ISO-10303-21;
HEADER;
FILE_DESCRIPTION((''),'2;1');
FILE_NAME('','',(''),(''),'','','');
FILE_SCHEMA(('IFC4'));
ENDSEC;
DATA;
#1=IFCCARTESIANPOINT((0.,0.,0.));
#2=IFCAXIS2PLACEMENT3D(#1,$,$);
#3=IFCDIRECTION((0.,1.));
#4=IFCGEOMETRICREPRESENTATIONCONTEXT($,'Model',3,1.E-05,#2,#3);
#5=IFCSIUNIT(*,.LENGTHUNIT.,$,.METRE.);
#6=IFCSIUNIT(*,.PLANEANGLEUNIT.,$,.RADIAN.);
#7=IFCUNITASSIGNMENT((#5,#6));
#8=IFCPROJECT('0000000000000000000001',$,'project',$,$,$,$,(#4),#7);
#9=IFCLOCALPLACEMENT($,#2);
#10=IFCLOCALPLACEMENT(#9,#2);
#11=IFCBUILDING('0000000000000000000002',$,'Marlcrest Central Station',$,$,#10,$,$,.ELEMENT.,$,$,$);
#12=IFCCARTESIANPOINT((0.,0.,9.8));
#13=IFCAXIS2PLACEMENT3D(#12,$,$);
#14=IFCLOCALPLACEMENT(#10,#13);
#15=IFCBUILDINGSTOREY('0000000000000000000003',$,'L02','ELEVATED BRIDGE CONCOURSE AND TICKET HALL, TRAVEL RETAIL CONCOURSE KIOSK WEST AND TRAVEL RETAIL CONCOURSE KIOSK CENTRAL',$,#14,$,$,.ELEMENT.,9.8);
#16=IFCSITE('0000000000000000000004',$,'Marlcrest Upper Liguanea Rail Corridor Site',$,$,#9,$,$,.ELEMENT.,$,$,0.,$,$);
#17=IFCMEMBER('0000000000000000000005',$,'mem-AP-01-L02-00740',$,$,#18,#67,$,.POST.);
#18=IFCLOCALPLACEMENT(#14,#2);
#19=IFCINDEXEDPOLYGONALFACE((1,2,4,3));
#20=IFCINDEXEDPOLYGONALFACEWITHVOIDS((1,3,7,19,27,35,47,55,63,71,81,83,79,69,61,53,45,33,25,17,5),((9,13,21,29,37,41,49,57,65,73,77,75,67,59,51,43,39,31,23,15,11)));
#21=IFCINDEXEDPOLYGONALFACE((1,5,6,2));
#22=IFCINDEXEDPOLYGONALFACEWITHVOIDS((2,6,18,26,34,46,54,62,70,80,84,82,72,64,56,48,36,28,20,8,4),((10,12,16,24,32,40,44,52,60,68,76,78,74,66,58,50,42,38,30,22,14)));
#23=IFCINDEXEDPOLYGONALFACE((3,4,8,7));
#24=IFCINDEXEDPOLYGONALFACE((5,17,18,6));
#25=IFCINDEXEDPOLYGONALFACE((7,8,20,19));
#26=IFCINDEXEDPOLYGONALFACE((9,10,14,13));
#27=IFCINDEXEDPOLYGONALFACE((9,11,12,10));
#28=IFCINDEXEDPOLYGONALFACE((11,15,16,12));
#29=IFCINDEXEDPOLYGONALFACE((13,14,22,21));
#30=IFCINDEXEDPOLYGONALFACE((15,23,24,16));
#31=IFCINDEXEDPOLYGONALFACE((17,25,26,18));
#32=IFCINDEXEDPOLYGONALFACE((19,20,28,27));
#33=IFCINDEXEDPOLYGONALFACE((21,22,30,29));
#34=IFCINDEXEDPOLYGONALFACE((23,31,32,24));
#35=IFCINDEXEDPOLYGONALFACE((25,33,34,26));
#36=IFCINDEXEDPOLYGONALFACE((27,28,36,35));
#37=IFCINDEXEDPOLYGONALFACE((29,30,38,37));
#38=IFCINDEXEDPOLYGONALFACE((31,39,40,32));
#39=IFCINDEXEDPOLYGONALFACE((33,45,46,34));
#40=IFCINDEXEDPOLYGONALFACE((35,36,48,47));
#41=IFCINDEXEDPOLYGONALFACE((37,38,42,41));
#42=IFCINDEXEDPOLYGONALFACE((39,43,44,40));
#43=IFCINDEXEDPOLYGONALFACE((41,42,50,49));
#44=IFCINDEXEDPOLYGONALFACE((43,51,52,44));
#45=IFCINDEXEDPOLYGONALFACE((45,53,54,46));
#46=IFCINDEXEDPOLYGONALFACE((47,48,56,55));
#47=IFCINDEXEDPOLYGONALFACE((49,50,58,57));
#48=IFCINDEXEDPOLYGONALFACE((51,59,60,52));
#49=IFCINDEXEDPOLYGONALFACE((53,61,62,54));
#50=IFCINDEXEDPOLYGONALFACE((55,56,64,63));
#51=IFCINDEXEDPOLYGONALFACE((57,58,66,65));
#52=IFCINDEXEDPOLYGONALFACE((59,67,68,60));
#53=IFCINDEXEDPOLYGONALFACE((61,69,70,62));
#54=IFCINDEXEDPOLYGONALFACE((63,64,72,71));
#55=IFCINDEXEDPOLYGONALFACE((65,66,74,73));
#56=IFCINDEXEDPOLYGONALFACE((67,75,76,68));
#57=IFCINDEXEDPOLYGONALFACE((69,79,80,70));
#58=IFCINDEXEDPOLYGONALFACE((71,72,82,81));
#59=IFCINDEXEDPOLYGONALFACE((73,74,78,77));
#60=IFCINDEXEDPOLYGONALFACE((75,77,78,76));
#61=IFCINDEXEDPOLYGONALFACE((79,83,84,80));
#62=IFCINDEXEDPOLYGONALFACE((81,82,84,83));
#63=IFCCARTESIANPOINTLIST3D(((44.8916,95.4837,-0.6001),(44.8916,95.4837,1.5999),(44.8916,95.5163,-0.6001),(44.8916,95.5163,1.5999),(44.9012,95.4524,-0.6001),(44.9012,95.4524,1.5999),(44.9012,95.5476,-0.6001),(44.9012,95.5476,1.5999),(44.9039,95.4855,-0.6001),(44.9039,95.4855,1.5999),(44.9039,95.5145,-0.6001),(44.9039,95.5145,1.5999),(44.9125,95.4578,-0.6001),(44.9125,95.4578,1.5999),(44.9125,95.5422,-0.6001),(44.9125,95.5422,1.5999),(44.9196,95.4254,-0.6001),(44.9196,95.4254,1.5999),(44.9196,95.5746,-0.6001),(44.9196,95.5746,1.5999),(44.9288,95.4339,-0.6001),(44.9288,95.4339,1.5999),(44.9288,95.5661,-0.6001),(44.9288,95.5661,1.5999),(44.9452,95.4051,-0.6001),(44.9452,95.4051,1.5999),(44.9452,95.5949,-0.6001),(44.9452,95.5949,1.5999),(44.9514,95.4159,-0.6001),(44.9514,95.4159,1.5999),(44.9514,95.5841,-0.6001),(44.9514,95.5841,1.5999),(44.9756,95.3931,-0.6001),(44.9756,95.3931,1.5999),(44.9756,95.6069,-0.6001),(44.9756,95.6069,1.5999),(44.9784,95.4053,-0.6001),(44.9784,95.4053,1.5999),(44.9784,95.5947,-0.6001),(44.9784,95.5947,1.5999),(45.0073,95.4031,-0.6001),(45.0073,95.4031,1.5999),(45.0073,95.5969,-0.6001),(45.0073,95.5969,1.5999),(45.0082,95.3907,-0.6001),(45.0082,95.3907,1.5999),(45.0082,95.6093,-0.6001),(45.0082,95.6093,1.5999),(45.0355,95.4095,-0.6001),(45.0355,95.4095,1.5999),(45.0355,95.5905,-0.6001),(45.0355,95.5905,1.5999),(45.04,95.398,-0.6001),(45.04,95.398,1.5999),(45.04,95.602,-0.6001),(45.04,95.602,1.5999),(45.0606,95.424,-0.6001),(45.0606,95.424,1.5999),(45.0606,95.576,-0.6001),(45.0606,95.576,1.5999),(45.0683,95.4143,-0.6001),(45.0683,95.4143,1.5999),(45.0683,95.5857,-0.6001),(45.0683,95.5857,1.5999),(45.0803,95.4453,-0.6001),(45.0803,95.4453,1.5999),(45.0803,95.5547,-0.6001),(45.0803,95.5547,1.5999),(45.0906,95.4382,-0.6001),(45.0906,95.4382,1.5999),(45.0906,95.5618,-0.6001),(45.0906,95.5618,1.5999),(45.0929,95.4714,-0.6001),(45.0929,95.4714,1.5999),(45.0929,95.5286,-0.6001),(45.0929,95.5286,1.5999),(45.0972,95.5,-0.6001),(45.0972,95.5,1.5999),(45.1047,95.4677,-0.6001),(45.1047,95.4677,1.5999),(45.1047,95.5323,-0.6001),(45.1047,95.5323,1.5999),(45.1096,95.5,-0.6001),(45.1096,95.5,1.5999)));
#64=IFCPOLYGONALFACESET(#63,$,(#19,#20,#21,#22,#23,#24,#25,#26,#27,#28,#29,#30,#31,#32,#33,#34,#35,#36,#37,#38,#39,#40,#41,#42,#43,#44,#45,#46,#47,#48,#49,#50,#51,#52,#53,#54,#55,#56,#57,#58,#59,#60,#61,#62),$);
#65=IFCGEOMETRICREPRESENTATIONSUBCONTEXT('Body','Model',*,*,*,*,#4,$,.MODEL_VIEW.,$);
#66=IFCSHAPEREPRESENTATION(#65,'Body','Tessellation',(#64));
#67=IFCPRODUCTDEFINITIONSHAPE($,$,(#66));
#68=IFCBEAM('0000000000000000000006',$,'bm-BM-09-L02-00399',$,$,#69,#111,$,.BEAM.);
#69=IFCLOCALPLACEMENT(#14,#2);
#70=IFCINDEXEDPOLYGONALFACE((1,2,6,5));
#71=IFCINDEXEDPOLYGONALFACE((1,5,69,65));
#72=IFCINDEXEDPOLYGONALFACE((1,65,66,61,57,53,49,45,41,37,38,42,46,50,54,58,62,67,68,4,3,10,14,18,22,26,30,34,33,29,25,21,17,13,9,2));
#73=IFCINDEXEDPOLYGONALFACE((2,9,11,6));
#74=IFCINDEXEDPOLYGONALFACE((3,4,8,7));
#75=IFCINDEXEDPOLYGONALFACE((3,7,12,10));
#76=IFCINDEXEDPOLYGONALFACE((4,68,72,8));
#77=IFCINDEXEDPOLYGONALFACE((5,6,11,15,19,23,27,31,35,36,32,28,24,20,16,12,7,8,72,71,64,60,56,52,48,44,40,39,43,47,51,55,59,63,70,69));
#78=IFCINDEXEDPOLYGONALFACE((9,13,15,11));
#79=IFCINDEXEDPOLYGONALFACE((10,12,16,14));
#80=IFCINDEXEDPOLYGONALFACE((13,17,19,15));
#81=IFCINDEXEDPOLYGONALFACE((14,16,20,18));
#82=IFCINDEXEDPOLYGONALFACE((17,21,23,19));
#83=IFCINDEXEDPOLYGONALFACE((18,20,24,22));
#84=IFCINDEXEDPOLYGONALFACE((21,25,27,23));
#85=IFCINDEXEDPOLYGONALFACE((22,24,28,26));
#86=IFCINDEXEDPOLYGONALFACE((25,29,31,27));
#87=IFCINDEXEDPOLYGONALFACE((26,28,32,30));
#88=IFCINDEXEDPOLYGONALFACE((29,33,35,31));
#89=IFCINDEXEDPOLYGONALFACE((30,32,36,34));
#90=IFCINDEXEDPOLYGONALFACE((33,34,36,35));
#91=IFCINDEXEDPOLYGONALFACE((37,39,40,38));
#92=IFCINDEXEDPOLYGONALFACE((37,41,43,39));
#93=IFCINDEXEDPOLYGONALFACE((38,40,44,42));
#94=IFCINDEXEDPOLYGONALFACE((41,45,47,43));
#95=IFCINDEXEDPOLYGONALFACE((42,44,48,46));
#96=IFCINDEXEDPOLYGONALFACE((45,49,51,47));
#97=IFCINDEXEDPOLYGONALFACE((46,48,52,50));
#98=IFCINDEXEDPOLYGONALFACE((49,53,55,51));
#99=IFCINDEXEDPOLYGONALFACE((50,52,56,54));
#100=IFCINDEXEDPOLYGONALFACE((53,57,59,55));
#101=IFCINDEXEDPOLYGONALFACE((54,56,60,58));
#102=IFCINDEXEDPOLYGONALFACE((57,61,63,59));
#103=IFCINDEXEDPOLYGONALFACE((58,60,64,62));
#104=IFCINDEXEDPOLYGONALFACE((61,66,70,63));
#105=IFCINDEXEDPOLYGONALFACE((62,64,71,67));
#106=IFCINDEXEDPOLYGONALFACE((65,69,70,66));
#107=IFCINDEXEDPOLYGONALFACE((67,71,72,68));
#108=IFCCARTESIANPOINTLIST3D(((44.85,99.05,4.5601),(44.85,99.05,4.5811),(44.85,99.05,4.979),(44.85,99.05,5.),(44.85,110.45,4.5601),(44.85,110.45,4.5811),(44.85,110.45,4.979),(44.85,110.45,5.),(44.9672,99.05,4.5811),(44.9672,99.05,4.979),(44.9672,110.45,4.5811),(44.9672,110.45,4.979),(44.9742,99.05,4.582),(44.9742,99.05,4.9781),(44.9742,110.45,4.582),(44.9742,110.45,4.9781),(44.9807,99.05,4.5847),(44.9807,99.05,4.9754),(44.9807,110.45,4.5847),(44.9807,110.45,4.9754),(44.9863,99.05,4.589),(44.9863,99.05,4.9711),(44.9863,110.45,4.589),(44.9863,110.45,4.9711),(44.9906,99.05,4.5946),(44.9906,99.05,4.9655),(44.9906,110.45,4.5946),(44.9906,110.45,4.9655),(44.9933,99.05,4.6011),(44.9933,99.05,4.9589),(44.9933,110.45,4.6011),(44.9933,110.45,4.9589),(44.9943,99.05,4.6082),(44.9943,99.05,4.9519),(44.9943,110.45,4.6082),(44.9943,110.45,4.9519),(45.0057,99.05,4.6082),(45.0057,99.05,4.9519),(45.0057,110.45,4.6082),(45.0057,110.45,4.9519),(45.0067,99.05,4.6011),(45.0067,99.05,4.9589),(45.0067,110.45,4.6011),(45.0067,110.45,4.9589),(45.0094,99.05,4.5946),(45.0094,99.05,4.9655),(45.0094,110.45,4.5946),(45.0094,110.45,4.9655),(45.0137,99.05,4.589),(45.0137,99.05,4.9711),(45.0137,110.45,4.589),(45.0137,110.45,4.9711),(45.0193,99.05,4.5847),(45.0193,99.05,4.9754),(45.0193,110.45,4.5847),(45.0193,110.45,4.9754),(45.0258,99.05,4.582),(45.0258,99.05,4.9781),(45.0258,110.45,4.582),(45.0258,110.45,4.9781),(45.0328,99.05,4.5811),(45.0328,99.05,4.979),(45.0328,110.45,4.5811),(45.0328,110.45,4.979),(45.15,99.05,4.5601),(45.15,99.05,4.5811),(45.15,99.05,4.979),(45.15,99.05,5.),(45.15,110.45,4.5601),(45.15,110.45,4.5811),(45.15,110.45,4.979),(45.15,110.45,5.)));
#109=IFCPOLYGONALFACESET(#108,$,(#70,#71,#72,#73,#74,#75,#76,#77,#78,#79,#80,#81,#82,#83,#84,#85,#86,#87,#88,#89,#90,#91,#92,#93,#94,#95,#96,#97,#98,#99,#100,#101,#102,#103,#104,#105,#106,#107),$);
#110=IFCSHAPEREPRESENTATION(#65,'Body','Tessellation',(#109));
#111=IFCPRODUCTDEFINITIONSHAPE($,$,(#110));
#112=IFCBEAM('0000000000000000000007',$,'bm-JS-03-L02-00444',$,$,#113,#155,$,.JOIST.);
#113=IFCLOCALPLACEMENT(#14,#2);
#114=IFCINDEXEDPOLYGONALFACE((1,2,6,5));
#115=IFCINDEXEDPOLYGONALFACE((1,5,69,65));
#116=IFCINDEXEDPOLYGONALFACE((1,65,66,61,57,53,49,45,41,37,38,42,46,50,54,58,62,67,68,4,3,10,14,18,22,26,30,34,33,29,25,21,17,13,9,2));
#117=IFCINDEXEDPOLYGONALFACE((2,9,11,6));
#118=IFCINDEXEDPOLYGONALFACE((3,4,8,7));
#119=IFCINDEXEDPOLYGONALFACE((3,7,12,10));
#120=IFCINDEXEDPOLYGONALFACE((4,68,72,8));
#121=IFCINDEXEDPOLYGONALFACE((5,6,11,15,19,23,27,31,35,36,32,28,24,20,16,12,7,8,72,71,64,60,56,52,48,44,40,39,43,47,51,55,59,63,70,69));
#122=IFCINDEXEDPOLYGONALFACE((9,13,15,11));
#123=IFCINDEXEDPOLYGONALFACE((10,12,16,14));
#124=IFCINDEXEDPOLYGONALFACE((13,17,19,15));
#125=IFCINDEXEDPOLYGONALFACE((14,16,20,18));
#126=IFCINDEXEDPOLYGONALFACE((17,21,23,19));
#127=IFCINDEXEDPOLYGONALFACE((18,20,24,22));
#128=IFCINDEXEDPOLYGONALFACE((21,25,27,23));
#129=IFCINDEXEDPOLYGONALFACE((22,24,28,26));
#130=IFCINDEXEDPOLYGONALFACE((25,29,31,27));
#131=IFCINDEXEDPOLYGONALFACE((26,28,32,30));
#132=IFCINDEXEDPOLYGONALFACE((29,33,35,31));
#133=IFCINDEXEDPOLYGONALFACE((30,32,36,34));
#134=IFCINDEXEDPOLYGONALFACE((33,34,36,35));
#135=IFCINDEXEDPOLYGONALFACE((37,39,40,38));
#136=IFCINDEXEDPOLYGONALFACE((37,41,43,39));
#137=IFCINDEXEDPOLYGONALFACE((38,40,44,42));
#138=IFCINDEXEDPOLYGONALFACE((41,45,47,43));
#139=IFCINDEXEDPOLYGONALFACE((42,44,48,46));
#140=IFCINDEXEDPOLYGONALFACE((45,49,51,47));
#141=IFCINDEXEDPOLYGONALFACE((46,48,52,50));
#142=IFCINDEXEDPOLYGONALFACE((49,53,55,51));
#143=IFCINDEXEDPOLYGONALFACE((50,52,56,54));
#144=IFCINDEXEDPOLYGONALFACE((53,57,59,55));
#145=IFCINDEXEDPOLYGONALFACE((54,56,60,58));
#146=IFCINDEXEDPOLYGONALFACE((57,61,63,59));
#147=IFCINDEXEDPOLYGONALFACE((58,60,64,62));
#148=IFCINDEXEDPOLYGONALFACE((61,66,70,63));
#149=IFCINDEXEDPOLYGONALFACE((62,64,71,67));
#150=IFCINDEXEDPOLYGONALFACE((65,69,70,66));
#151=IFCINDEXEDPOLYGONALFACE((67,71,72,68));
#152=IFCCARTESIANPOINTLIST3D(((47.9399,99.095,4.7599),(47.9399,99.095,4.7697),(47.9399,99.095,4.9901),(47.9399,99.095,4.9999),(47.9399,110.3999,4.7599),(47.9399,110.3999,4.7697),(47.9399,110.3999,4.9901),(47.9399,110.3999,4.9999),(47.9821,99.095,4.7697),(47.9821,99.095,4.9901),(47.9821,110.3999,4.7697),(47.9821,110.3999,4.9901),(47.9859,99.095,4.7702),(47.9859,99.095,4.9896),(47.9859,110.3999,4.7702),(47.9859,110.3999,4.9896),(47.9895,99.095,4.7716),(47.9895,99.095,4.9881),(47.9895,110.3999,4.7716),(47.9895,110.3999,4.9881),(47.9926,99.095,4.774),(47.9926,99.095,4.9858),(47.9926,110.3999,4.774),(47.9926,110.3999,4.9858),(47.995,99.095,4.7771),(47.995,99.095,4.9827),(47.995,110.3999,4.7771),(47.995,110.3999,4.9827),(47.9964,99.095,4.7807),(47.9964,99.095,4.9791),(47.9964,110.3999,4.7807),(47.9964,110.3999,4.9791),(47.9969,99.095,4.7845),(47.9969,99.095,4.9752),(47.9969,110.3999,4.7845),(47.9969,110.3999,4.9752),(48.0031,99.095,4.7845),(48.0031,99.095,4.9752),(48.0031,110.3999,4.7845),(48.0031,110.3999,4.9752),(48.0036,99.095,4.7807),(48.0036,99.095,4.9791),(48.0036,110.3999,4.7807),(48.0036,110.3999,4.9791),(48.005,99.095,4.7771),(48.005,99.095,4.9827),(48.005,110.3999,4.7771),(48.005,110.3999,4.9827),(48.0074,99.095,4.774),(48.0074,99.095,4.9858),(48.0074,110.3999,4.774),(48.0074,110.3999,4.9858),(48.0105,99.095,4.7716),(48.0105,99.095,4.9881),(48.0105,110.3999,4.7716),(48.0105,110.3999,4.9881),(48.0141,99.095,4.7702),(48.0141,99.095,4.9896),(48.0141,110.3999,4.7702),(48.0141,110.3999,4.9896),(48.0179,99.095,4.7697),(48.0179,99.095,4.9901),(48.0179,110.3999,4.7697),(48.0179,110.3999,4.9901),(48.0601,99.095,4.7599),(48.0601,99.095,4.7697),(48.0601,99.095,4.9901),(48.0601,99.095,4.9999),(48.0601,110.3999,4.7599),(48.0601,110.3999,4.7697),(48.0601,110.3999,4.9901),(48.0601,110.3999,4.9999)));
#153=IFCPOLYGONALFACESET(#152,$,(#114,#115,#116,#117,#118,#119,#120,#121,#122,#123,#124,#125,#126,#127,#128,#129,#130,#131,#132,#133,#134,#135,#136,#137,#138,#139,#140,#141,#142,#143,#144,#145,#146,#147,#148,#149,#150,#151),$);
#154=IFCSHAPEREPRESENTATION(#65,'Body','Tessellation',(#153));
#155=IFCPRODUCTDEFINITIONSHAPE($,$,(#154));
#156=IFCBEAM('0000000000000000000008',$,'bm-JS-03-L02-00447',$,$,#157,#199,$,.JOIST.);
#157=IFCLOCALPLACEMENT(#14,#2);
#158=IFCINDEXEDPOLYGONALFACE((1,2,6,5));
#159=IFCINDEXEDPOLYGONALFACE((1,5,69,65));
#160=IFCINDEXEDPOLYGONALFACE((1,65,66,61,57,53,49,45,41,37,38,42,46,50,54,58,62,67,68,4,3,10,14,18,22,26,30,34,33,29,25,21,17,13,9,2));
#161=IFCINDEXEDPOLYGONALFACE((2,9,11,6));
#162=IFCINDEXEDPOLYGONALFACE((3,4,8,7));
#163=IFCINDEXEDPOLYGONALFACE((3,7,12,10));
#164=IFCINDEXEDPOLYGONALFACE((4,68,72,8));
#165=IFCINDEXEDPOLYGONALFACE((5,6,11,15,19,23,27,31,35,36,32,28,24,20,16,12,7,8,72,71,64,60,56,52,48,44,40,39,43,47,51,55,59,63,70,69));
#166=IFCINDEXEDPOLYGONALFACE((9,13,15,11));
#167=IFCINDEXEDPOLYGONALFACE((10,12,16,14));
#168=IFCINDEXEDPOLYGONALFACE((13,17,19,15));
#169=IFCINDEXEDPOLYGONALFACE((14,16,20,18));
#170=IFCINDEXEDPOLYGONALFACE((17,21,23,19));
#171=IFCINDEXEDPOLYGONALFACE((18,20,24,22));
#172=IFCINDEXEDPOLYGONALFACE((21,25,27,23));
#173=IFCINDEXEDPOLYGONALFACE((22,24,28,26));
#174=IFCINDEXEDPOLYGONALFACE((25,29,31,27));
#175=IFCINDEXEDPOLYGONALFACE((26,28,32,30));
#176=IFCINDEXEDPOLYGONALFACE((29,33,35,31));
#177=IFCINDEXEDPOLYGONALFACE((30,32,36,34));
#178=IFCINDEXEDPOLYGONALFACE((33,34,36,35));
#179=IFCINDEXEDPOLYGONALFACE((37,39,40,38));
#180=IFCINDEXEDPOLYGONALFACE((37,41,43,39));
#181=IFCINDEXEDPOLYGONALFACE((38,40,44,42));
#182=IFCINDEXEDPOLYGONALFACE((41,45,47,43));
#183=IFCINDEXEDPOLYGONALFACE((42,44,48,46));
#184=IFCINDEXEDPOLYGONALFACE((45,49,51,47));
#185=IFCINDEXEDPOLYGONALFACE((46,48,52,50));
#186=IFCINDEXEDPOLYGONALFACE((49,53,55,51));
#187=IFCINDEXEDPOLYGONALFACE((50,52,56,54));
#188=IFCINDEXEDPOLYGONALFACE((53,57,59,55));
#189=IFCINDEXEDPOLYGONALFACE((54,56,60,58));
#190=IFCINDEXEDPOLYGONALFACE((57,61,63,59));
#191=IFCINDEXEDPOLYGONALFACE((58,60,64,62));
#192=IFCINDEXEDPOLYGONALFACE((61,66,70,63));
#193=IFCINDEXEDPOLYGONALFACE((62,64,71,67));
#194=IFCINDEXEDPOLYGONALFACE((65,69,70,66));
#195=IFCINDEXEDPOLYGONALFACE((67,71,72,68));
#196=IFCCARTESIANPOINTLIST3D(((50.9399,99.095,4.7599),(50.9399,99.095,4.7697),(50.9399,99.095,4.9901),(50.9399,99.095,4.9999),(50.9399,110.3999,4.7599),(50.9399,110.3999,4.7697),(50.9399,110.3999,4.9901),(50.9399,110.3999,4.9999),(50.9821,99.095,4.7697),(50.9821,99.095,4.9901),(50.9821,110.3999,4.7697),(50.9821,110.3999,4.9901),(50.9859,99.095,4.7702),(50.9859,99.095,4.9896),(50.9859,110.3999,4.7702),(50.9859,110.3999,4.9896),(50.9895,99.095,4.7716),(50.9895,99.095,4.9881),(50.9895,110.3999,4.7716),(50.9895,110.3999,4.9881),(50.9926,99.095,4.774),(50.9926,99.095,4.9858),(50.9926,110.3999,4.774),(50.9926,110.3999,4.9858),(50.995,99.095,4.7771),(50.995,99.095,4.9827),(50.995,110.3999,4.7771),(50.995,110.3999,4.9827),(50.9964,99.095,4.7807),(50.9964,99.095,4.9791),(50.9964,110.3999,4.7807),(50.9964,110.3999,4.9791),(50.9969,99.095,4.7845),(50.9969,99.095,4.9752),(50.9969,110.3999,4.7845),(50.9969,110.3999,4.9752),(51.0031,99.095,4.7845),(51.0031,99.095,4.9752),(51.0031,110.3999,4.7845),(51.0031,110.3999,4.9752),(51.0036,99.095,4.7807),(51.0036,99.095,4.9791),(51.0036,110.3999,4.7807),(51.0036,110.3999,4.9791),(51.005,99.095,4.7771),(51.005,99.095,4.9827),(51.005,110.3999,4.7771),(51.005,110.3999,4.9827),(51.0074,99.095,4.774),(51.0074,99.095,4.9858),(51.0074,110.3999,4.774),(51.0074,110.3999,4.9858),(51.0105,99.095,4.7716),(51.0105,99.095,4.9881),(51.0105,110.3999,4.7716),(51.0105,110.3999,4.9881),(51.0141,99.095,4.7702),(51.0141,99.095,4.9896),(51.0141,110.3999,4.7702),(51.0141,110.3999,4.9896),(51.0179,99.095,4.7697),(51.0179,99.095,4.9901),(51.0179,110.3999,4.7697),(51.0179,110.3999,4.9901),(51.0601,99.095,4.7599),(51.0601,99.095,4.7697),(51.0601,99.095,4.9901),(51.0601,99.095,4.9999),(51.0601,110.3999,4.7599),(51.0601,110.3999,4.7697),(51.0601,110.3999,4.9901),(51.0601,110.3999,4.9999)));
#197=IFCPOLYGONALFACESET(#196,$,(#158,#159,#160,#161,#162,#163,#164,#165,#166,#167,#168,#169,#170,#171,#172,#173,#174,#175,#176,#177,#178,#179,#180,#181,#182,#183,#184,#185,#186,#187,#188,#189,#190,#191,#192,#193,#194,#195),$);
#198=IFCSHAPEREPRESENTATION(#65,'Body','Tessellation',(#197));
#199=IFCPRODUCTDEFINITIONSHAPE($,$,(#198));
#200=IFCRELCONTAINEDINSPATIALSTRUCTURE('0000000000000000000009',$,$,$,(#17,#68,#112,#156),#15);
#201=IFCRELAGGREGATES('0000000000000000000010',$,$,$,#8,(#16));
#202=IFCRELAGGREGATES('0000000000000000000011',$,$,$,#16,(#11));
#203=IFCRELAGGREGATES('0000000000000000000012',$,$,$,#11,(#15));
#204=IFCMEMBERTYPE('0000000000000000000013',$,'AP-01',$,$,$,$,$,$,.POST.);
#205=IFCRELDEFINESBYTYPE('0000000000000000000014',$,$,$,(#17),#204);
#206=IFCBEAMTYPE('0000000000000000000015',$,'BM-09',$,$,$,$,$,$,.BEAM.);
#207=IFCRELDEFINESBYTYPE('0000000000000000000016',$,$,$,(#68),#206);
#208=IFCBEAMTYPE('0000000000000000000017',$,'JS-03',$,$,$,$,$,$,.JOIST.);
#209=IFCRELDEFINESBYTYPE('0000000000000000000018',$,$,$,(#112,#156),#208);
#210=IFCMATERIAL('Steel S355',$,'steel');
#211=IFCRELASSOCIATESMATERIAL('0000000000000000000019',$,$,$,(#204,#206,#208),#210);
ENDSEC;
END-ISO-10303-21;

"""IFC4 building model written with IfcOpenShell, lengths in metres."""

from ifc_helpers import new_model, si_unit, direction, frame, origin, origin_2d, place, context, subcontext, project, spatial, hollow_circle, i_section, extrude, material, material_profile, profile_set, type_object, element, save


model = new_model("IFC4")

# Units and contexts
model_context = context("Model", 3, precision=1e-05, world=origin(), true_north=direction((0.0, 1.0)))
body_context = subcontext(model_context, "Body", "Model", "MODEL_VIEW")
ifc_project = project(units=[si_unit("LENGTHUNIT", "METRE"), si_unit("PLANEANGLEUNIT", "RADIAN")], contexts=[model_context])

# Site, building, storey
site_placement = place(None, origin())
site = spatial("IfcSite", under=ifc_project, at=site_placement, Name="Marlcrest Upper Liguanea Rail Corridor Site", CompositionType="ELEMENT", RefElevation=0.0)
building_placement = place(site_placement, origin())
building = spatial("IfcBuilding", under=site, at=building_placement, Name="Marlcrest Central Station", CompositionType="ELEMENT")
storey_placement = place(building_placement, frame((0.0, 0.0, 9.8)))
storey = spatial("IfcBuildingStorey", under=building, at=storey_placement, Name="L02", Description="ELEVATED BRIDGE CONCOURSE AND TICKET HALL, TRAVEL RETAIL CONCOURSE KIOSK WEST AND TRAVEL RETAIL CONCOURSE KIOSK CENTRAL", CompositionType="ELEMENT", Elevation=9.8)

# Shared definitions
ifc_material_1 = material(Name="Steel S355", Category="steel")

# Member
ifc_material_profile_1 = material_profile(ifc_material_1, hollow_circle(Radius=0.1096, WallThickness=0.0125, at=origin_2d()), Name="CHS 219.1x12.5")
ifc_profile_set_1 = profile_set([ifc_material_profile_1], Name="Steel S355")
member_type_1 = type_object("IfcMemberType", Name="AP-01", PredefinedType="POST", material=ifc_profile_set_1)
member_1_placement = place(storey_placement, frame((45.0, 95.5, -0.6001), z_axis=(0.0, 0.0, 1.0), x_axis=(1.0, 0.0, 0.0)))
element("IfcMember", 1, at=member_1_placement, inside=storey, type_object=member_type_1, Name="mem-AP-01-L02-00740", PredefinedType="POST", context=body_context, shape_type="SweptSolid", body=[
    extrude(hollow_circle(Radius=0.1096, WallThickness=0.0125, at=origin_2d()), origin(), (0.0, 0.0, 1.0), 2.2),
])

# Beams
ifc_material_profile_2 = material_profile(ifc_material_1, i_section(OverallWidth=0.3, OverallDepth=0.4399, WebThickness=0.0115, FlangeThickness=0.021, FilletRadius=0.0271, at=origin_2d()), Name="HEA 450")
ifc_profile_set_2 = profile_set([ifc_material_profile_2], Name="Steel S355")
beam_type_1 = type_object("IfcBeamType", Name="BM-09", PredefinedType="BEAM", material=ifc_profile_set_2)
beam_1_placement = place(storey_placement, frame((45.0, 99.05, 4.78), z_axis=(0.0, 1.0, 0.0), x_axis=(-1.0, 0.0, 0.0)))
element("IfcBeam", 2, at=beam_1_placement, inside=storey, type_object=beam_type_1, Name="bm-BM-09-L02-00399", PredefinedType="BEAM", context=body_context, shape_type="SweptSolid", body=[
    extrude(i_section(OverallWidth=0.3, OverallDepth=0.4399, WebThickness=0.0115, FlangeThickness=0.021, FilletRadius=0.0271, at=origin_2d()), origin(), (0.0, 0.0, 1.0), 11.3999),
])
ifc_material_profile_3 = material_profile(ifc_material_1, i_section(OverallWidth=0.1201, OverallDepth=0.24, WebThickness=0.0061, FlangeThickness=0.0098, FilletRadius=0.0149, at=origin_2d()), Name="IPE 240")
ifc_profile_set_3 = profile_set([ifc_material_profile_3], Name="Steel S355")
beam_type_2 = type_object("IfcBeamType", Name="JS-03", PredefinedType="JOIST", material=ifc_profile_set_3)
for number, where, z_axis, x_axis, name in (
    (3, (48.0, 99.095, 4.8799), (0.0, 1.0, 0.0), (-1.0, 0.0, 0.0), "bm-JS-03-L02-00444"),
    (4, (51.0, 99.095, 4.8799), (0.0, 1.0, 0.0), (-1.0, 0.0, 0.0), "bm-JS-03-L02-00447"),
):
    element("IfcBeam", number, at=place(storey_placement, frame(where, z_axis=z_axis, x_axis=x_axis)), inside=storey, type_object=beam_type_2, Name=name, PredefinedType="JOIST", context=body_context, shape_type="SweptSolid", body=[
        extrude(i_section(OverallWidth=0.1201, OverallDepth=0.24, WebThickness=0.0061, FlangeThickness=0.0098, FilletRadius=0.0149, at=origin_2d()), origin(), (0.0, 0.0, 1.0), 11.3049),
    ])

save(model, "model.ifc")
